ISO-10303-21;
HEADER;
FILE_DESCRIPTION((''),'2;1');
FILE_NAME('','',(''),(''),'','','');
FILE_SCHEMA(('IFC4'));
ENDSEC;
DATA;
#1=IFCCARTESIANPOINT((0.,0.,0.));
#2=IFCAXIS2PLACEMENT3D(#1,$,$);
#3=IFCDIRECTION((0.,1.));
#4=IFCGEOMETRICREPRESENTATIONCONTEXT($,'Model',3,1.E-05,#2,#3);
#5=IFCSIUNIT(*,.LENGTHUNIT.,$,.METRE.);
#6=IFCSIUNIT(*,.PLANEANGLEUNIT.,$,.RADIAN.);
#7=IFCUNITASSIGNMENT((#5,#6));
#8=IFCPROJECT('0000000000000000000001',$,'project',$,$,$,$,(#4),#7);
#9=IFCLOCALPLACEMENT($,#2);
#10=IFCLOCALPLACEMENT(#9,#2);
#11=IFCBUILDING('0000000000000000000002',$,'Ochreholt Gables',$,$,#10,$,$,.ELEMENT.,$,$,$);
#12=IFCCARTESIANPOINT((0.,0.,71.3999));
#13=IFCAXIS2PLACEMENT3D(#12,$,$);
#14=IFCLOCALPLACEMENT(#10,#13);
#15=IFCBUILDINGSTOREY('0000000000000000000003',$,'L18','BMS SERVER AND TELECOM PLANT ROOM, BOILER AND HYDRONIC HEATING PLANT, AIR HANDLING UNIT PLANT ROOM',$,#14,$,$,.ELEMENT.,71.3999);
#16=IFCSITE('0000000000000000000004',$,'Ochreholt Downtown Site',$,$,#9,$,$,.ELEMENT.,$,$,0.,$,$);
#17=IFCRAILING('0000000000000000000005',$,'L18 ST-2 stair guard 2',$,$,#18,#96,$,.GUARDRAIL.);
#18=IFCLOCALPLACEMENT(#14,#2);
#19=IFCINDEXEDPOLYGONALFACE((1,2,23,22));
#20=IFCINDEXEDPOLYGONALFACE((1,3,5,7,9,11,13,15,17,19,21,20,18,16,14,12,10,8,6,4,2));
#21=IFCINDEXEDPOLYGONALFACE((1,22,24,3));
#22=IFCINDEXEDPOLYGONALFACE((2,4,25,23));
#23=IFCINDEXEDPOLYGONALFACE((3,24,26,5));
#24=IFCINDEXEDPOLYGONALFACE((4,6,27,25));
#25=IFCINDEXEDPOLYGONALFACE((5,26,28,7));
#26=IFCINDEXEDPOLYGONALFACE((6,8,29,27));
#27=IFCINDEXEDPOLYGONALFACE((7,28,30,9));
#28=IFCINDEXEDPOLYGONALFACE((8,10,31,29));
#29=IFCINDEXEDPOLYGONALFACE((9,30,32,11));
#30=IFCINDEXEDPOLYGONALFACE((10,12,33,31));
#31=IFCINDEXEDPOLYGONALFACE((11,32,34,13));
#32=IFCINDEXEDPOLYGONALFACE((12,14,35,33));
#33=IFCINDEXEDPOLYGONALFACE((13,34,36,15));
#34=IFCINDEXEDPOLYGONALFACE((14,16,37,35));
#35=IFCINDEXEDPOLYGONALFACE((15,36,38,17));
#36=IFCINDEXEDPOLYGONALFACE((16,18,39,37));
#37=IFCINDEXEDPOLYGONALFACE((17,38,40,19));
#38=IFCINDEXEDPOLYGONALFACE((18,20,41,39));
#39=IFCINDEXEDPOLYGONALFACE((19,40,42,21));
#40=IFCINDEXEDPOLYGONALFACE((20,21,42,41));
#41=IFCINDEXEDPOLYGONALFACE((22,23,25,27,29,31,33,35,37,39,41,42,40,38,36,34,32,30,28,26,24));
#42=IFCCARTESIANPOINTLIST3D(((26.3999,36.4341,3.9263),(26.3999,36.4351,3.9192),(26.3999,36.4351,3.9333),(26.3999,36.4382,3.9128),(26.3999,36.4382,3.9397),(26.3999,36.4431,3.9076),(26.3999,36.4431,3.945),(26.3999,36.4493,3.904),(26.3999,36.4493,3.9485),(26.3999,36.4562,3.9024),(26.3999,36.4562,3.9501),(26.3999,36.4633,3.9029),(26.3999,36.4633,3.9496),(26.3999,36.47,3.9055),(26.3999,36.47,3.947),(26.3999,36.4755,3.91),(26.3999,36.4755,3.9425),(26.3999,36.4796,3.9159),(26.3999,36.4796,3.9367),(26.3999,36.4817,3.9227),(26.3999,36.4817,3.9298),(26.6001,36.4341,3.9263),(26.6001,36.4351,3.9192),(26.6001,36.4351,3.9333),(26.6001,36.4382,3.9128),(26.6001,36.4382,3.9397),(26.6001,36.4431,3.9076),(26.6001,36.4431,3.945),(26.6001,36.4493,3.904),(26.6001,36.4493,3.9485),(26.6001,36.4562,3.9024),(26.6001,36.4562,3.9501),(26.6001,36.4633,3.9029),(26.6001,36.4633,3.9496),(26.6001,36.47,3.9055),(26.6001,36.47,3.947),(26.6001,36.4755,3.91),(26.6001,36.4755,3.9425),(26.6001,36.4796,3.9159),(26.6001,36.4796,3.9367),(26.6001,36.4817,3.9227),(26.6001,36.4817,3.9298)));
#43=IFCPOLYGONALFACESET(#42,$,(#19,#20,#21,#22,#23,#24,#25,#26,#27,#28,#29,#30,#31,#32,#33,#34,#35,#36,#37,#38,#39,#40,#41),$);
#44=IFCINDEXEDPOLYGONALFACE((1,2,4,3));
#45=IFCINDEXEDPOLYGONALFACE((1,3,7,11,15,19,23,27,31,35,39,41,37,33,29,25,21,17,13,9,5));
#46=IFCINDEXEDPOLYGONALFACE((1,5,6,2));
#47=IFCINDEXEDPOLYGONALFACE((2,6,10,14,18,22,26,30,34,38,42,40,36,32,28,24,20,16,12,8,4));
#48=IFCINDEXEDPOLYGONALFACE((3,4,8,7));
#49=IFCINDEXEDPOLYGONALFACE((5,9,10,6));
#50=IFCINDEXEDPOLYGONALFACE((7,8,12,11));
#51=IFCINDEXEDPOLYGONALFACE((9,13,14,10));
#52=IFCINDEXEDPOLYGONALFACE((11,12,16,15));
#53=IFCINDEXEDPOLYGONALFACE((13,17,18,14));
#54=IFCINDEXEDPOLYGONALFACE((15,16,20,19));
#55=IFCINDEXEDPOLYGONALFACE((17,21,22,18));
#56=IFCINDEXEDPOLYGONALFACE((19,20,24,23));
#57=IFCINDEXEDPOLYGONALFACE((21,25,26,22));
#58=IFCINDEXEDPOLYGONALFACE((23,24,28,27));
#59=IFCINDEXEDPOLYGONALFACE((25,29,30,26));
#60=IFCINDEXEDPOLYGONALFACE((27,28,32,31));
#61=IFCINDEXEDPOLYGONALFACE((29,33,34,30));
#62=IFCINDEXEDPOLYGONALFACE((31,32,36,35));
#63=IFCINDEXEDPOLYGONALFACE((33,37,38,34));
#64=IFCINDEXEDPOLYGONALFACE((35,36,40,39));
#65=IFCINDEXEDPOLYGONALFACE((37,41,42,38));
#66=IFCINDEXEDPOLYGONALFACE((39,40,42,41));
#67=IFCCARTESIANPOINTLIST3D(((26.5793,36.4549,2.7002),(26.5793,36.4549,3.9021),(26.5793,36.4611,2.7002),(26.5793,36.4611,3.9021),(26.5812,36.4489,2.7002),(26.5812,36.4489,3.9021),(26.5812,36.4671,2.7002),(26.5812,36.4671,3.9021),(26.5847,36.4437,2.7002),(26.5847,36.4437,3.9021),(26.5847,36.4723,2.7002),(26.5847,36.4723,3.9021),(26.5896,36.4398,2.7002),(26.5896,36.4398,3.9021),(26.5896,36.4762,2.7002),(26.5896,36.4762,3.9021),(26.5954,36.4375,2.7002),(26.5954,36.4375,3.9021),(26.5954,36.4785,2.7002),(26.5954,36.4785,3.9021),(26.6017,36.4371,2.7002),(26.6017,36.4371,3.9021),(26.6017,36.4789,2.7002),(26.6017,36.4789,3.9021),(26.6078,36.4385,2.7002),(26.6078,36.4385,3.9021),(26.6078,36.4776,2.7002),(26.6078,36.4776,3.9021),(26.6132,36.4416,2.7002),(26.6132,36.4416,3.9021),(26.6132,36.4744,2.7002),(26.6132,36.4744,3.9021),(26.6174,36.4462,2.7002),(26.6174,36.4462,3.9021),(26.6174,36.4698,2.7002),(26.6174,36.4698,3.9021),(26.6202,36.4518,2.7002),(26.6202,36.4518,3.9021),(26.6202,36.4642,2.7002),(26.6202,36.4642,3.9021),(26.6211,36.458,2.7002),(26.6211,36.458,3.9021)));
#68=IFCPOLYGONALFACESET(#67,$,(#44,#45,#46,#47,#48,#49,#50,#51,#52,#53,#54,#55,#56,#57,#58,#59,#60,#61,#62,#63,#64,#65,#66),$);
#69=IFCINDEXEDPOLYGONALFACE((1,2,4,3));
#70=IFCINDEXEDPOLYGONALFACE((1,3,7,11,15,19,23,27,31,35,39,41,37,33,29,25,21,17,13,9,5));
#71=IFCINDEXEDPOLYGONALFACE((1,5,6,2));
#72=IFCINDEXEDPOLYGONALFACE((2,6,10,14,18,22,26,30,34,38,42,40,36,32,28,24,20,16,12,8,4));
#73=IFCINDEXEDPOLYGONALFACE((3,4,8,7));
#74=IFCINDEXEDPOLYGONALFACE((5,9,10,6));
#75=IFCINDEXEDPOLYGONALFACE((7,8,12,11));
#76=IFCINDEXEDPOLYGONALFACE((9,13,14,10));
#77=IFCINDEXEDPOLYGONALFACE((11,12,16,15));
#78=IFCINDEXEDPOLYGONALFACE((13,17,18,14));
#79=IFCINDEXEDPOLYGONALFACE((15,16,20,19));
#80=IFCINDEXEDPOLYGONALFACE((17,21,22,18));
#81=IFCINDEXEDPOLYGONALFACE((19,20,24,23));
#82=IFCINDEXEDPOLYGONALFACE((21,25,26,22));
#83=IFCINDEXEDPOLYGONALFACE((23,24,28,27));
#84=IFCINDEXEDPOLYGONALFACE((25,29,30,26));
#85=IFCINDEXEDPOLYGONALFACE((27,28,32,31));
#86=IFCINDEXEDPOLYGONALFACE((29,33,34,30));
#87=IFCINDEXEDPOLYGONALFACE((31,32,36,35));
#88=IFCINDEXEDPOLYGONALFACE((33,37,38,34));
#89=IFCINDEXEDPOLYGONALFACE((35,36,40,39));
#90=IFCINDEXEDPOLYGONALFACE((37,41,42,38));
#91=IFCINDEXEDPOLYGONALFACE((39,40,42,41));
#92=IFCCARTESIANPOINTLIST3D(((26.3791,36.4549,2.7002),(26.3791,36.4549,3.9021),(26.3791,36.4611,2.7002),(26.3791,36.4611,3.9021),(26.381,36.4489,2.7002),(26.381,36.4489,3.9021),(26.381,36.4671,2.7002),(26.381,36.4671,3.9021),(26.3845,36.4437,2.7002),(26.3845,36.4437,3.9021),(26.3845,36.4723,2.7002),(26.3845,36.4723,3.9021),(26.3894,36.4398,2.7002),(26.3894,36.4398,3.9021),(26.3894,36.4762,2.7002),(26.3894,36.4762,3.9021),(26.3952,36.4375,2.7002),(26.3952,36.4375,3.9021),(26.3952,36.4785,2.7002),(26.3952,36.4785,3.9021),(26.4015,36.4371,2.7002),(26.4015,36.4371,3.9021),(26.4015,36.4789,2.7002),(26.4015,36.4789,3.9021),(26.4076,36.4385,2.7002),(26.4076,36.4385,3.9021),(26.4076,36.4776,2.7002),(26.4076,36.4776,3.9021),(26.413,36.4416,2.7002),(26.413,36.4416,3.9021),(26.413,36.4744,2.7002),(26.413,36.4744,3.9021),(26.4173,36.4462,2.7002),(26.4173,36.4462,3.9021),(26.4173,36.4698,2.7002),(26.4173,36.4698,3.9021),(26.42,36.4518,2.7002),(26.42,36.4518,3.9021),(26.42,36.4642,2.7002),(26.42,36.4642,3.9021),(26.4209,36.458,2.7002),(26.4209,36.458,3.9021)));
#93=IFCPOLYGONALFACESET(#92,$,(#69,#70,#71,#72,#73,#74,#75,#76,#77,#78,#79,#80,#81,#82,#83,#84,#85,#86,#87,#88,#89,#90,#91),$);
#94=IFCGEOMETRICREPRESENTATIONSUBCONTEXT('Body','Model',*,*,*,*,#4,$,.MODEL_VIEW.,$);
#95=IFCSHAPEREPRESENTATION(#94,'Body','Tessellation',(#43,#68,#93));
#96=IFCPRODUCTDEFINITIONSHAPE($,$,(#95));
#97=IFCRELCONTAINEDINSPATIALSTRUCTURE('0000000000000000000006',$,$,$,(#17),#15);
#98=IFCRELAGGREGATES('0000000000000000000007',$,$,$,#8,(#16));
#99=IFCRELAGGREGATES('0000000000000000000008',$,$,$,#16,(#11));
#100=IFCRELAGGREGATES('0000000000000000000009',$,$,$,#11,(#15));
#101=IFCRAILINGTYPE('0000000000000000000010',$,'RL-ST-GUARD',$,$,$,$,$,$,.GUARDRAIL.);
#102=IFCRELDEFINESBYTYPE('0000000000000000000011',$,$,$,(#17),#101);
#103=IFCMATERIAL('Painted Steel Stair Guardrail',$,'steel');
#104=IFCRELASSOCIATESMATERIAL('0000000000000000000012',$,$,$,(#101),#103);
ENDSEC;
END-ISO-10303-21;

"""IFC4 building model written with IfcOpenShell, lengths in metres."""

from ifc_helpers import new_model, si_unit, direction, frame, origin, origin_2d, place, context, subcontext, project, spatial, circle, extrude, material, type_object, element, save


model = new_model("IFC4")

# Units and contexts
model_context = context("Model", 3, precision=1e-05, world=origin(), true_north=direction((0.0, 1.0)))
body_context = subcontext(model_context, "Body", "Model", "MODEL_VIEW")
ifc_project = project(units=[si_unit("LENGTHUNIT", "METRE"), si_unit("PLANEANGLEUNIT", "RADIAN")], contexts=[model_context])

# Site, building, storey
site_placement = place(None, origin())
site = spatial("IfcSite", under=ifc_project, at=site_placement, Name="Ochreholt Downtown Site", CompositionType="ELEMENT", RefElevation=0.0)
building_placement = place(site_placement, origin())
building = spatial("IfcBuilding", under=site, at=building_placement, Name="Ochreholt Gables", CompositionType="ELEMENT")
storey_placement = place(building_placement, frame((0.0, 0.0, 71.3999)))
storey = spatial("IfcBuildingStorey", under=building, at=storey_placement, Name="L18", Description="BMS SERVER AND TELECOM PLANT ROOM, BOILER AND HYDRONIC HEATING PLANT, AIR HANDLING UNIT PLANT ROOM", CompositionType="ELEMENT", Elevation=71.3999)

# Railing
ifc_material_1 = material(Name="Painted Steel Stair Guardrail", Category="steel")
railing_type_1 = type_object("IfcRailingType", Name="RL-ST-GUARD", PredefinedType="GUARDRAIL", material=ifc_material_1)
railing_1_placement = place(storey_placement, frame((26.6001, 36.458, 2.7002)))
element("IfcRailing", 1, at=railing_1_placement, inside=storey, type_object=railing_type_1, Name="L18 ST-2 stair guard 2", PredefinedType="GUARDRAIL", context=body_context, shape_type="SweptSolid", body=[
    extrude(circle(Radius=0.0239, at=origin_2d()), frame((0.0, 0.0, 1.2261), z_axis=(-1.0, 0.0, 0.0), x_axis=(0.0, -1.0, 0.0)), (0.0, 0.0, 1.0), 0.2002),
    extrude(circle(Radius=0.021, at=origin_2d()), origin(), (0.0, 0.0, 1.0), 1.2019),
    extrude(circle(Radius=0.021, at=origin_2d()), frame((-0.2002, 0.0, 0.0)), (0.0, 0.0, 1.0), 1.2019),
])

save(model, "model.ifc")
